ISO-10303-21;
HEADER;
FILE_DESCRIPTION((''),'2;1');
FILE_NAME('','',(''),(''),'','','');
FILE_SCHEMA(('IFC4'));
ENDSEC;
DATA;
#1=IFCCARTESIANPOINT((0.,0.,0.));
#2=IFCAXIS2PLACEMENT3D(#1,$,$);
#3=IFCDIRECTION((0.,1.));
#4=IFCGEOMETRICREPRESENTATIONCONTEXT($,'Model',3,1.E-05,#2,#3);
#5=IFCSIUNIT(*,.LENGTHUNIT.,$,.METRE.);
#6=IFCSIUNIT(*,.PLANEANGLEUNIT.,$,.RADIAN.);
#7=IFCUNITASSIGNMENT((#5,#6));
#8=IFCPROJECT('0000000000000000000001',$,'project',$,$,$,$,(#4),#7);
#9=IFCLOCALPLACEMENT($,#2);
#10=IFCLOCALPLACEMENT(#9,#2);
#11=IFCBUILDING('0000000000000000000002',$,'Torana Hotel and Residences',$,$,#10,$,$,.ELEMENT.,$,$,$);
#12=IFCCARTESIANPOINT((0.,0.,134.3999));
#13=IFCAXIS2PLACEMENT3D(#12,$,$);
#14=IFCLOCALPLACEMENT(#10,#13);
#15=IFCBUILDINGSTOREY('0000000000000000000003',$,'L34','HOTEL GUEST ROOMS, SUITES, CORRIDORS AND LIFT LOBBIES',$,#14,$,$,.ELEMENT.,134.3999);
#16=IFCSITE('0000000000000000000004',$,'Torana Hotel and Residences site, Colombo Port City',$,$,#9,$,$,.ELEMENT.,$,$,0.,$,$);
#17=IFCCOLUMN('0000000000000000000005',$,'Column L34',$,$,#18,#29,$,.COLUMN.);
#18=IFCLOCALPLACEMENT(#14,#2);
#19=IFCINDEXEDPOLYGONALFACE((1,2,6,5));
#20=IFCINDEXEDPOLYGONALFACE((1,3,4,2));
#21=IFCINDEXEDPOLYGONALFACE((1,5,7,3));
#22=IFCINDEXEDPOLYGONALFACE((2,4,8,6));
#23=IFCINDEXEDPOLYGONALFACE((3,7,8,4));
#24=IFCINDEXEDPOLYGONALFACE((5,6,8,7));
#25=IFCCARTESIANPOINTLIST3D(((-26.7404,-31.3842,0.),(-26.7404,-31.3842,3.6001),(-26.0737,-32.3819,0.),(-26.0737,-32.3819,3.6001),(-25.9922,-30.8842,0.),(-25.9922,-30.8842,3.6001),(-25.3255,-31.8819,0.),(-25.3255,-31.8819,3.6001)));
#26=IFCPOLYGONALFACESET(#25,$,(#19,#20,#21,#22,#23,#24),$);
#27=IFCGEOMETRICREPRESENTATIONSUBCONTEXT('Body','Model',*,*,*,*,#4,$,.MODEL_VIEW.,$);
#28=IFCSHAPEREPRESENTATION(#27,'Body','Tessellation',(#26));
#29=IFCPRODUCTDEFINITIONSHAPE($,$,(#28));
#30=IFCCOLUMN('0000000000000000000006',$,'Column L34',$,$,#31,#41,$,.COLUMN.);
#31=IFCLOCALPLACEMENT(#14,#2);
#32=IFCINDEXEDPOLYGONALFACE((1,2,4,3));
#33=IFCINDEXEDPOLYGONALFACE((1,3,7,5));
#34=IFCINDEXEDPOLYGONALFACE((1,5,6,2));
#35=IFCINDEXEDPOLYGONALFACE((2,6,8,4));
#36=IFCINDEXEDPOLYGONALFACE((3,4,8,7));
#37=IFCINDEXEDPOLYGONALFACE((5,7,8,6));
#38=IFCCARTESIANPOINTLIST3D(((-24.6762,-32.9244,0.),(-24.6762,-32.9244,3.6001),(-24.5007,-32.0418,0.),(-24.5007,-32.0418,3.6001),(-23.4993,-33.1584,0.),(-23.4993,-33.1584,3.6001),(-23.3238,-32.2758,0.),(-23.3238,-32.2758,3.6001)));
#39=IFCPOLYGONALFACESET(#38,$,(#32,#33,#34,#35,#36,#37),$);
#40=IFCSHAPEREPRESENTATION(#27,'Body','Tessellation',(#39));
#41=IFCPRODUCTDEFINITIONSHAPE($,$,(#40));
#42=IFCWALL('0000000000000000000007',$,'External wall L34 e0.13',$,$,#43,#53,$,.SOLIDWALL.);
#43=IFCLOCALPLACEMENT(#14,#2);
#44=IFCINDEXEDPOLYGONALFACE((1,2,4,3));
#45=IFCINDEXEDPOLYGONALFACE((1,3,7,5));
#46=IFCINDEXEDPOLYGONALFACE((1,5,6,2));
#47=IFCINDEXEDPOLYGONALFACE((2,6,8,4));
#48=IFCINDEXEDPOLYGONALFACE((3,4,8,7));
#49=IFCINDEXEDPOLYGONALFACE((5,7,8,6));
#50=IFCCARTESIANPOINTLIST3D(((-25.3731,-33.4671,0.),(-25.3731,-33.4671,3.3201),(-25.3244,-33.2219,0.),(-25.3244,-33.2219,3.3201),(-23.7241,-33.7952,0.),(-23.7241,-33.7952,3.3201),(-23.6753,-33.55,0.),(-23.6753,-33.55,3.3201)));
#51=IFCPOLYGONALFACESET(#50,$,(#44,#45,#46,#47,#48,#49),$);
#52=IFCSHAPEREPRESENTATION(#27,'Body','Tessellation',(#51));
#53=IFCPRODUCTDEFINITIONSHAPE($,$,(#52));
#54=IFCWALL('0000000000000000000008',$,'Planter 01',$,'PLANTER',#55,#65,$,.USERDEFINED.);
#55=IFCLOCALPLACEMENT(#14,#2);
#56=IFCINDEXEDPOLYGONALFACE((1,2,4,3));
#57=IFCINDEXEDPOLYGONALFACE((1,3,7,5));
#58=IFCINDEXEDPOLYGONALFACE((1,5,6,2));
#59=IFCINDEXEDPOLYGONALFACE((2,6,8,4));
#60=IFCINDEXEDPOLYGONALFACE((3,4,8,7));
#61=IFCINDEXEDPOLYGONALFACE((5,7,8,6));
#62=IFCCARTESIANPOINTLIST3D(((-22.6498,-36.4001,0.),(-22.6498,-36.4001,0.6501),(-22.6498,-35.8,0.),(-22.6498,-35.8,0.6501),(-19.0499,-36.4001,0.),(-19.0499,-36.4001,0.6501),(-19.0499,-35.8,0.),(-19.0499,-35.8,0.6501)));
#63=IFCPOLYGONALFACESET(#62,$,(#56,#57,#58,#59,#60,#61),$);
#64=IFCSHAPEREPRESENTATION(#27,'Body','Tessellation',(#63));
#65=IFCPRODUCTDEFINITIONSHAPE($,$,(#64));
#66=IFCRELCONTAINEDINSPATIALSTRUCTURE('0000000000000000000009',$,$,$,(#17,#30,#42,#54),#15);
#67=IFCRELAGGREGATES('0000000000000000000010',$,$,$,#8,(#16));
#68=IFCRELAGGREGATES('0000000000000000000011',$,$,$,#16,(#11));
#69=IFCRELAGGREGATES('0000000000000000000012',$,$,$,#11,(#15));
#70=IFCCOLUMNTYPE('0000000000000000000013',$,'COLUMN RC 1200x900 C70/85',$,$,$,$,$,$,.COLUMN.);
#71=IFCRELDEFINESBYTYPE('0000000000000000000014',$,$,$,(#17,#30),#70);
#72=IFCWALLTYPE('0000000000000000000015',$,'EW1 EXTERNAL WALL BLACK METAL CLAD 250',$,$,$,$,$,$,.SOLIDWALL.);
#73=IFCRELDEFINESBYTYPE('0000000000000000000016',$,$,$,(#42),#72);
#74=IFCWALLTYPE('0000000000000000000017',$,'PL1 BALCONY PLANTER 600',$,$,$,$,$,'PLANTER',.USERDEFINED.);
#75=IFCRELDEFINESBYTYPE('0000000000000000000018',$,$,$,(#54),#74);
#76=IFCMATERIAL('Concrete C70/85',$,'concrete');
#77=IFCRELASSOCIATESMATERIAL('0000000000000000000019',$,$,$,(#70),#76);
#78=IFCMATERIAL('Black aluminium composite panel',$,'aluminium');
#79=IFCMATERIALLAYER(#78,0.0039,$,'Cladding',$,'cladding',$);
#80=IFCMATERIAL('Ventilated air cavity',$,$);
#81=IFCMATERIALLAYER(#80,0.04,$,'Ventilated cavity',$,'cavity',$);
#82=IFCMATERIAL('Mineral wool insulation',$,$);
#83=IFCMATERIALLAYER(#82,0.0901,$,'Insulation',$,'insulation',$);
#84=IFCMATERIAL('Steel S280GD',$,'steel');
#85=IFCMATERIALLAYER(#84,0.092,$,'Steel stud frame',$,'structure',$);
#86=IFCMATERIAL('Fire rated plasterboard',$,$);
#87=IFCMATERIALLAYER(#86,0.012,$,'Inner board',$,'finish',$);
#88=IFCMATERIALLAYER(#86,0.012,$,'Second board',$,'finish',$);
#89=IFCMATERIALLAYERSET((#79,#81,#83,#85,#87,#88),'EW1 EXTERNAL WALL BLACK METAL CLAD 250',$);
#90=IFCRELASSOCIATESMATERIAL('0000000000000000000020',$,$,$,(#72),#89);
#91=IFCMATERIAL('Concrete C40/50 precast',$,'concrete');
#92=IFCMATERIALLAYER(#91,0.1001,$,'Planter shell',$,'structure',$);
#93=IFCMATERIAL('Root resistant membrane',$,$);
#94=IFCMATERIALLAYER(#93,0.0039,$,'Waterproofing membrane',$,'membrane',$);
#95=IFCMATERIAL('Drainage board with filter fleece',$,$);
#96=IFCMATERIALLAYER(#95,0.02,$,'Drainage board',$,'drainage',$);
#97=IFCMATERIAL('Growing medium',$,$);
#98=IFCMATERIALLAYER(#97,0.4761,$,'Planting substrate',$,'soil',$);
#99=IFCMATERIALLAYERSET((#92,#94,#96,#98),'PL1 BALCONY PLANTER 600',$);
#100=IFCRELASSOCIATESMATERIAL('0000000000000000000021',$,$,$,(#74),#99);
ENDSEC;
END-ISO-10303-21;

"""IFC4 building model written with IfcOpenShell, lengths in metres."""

from ifc_helpers import new_model, si_unit, direction, frame, frame_2d, origin, origin_2d, place, context, subcontext, project, spatial, rectangle, extrude, material, layer, layer_set, material_profile, profile_set, type_object, element, save


model = new_model("IFC4")

# Units and contexts
model_context = context("Model", 3, precision=1e-05, world=origin(), true_north=direction((0.0, 1.0)))
body_context = subcontext(model_context, "Body", "Model", "MODEL_VIEW")
ifc_project = project(units=[si_unit("LENGTHUNIT", "METRE"), si_unit("PLANEANGLEUNIT", "RADIAN")], contexts=[model_context])

# Site, building, storey
site_placement = place(None, origin())
site = spatial("IfcSite", under=ifc_project, at=site_placement, Name="Torana Hotel and Residences site, Colombo Port City", CompositionType="ELEMENT", RefElevation=0.0)
building_placement = place(site_placement, origin())
building = spatial("IfcBuilding", under=site, at=building_placement, Name="Torana Hotel and Residences", CompositionType="ELEMENT")
storey_placement = place(building_placement, frame((0.0, 0.0, 134.3999)))
storey = spatial("IfcBuildingStorey", under=building, at=storey_placement, Name="L34", Description="HOTEL GUEST ROOMS, SUITES, CORRIDORS AND LIFT LOBBIES", CompositionType="ELEMENT", Elevation=134.3999)

# Columns
ifc_material_1 = material(Name="Concrete C70/85", Category="concrete")
ifc_material_profile = material_profile(ifc_material_1, rectangle(XDim=1.2, YDim=0.8999, at=origin_2d()), Name="RC 1200x900")
ifc_profile_set = profile_set([ifc_material_profile], Name="Concrete C70/85")
column_type = type_object("IfcColumnType", Name="COLUMN RC 1200x900 C70/85", PredefinedType="COLUMN", material=ifc_profile_set)
for number, where, z_axis, x_axis, name in (
    (1, (-26.033, -31.6331, 0.0), (0.0, 0.0, 1.0), (-0.555585, 0.83146, 0.0), "Column L34"),
    (2, (-24.0, -32.6001, 0.0), (0.0, 0.0, 1.0), (-0.980792, 0.195056, 0.0), "Column L34"),
):
    element("IfcColumn", number, at=place(storey_placement, frame(where, z_axis=z_axis, x_axis=x_axis)), inside=storey, type_object=column_type, Name=name, PredefinedType="COLUMN", context=body_context, shape_type="SweptSolid", body=[
        extrude(rectangle(XDim=1.2, YDim=0.8999, at=origin_2d()), origin(), (0.0, 0.0, 1.0), 3.6001),
    ])

# Wall
ifc_material_2 = material(Name="Black aluminium composite panel", Category="aluminium")
ifc_layer_1 = layer(ifc_material_2, 0.0039, Name="Cladding", Category="cladding")
ifc_material_3 = material(Name="Ventilated air cavity")
ifc_layer_2 = layer(ifc_material_3, 0.04, Name="Ventilated cavity", Category="cavity")
ifc_material_4 = material(Name="Mineral wool insulation")
ifc_layer_3 = layer(ifc_material_4, 0.0901, Name="Insulation", Category="insulation")
ifc_material_5 = material(Name="Steel S280GD", Category="steel")
ifc_layer_4 = layer(ifc_material_5, 0.092, Name="Steel stud frame", Category="structure")
ifc_material_6 = material(Name="Fire rated plasterboard")
ifc_layer_5 = layer(ifc_material_6, 0.012, Name="Inner board", Category="finish")
ifc_layer_6 = layer(ifc_material_6, 0.012, Name="Second board", Category="finish")
ifc_layer_set_1 = layer_set([ifc_layer_1, ifc_layer_2, ifc_layer_3, ifc_layer_4, ifc_layer_5, ifc_layer_6], Name="EW1 EXTERNAL WALL BLACK METAL CLAD 250")
wall_type_1 = type_object("IfcWallType", Name="EW1 EXTERNAL WALL BLACK METAL CLAD 250", PredefinedType="SOLIDWALL", material=ifc_layer_set_1)
wall_1_placement = place(storey_placement, frame((-25.3489, -33.3445, 0.0), z_axis=(0.0, 0.0, 1.0), x_axis=(0.980776, -0.195139, 0.0)))
element("IfcWall", 3, at=wall_1_placement, inside=storey, type_object=wall_type_1, Name="External wall L34 e0.13", PredefinedType="SOLIDWALL", context=body_context, shape_type="SweptSolid", body=[
    extrude(rectangle(XDim=1.6814, YDim=0.25, at=frame_2d((0.8408, 0.0))), origin(), (0.0, 0.0, 1.0), 3.3201),
])

# Wall
ifc_material_7 = material(Name="Concrete C40/50 precast", Category="concrete")
ifc_layer_7 = layer(ifc_material_7, 0.1001, Name="Planter shell", Category="structure")
ifc_material_8 = material(Name="Root resistant membrane")
ifc_layer_8 = layer(ifc_material_8, 0.0039, Name="Waterproofing membrane", Category="membrane")
ifc_material_9 = material(Name="Drainage board with filter fleece")
ifc_layer_9 = layer(ifc_material_9, 0.02, Name="Drainage board", Category="drainage")
ifc_material_10 = material(Name="Growing medium")
ifc_layer_10 = layer(ifc_material_10, 0.4761, Name="Planting substrate", Category="soil")
ifc_layer_set_2 = layer_set([ifc_layer_7, ifc_layer_8, ifc_layer_9, ifc_layer_10], Name="PL1 BALCONY PLANTER 600")
wall_type_2 = type_object("IfcWallType", Name="PL1 BALCONY PLANTER 600", ElementType="PLANTER", PredefinedType="USERDEFINED", material=ifc_layer_set_2)
wall_2_placement = place(storey_placement, frame((-19.05, -36.1001, 0.0), z_axis=(0.0, 0.0, 1.0), x_axis=(-1.0, 0.0, 0.0)))
element("IfcWall", 4, at=wall_2_placement, inside=storey, type_object=wall_type_2, Name="Planter 01", ObjectType="PLANTER", PredefinedType="USERDEFINED", context=body_context, shape_type="SweptSolid", body=[
    extrude(rectangle(XDim=3.5999, YDim=0.6001, at=frame_2d((1.7998, 0.0))), origin(), (0.0, 0.0, 1.0), 0.6501),
])

save(model, "model.ifc")
